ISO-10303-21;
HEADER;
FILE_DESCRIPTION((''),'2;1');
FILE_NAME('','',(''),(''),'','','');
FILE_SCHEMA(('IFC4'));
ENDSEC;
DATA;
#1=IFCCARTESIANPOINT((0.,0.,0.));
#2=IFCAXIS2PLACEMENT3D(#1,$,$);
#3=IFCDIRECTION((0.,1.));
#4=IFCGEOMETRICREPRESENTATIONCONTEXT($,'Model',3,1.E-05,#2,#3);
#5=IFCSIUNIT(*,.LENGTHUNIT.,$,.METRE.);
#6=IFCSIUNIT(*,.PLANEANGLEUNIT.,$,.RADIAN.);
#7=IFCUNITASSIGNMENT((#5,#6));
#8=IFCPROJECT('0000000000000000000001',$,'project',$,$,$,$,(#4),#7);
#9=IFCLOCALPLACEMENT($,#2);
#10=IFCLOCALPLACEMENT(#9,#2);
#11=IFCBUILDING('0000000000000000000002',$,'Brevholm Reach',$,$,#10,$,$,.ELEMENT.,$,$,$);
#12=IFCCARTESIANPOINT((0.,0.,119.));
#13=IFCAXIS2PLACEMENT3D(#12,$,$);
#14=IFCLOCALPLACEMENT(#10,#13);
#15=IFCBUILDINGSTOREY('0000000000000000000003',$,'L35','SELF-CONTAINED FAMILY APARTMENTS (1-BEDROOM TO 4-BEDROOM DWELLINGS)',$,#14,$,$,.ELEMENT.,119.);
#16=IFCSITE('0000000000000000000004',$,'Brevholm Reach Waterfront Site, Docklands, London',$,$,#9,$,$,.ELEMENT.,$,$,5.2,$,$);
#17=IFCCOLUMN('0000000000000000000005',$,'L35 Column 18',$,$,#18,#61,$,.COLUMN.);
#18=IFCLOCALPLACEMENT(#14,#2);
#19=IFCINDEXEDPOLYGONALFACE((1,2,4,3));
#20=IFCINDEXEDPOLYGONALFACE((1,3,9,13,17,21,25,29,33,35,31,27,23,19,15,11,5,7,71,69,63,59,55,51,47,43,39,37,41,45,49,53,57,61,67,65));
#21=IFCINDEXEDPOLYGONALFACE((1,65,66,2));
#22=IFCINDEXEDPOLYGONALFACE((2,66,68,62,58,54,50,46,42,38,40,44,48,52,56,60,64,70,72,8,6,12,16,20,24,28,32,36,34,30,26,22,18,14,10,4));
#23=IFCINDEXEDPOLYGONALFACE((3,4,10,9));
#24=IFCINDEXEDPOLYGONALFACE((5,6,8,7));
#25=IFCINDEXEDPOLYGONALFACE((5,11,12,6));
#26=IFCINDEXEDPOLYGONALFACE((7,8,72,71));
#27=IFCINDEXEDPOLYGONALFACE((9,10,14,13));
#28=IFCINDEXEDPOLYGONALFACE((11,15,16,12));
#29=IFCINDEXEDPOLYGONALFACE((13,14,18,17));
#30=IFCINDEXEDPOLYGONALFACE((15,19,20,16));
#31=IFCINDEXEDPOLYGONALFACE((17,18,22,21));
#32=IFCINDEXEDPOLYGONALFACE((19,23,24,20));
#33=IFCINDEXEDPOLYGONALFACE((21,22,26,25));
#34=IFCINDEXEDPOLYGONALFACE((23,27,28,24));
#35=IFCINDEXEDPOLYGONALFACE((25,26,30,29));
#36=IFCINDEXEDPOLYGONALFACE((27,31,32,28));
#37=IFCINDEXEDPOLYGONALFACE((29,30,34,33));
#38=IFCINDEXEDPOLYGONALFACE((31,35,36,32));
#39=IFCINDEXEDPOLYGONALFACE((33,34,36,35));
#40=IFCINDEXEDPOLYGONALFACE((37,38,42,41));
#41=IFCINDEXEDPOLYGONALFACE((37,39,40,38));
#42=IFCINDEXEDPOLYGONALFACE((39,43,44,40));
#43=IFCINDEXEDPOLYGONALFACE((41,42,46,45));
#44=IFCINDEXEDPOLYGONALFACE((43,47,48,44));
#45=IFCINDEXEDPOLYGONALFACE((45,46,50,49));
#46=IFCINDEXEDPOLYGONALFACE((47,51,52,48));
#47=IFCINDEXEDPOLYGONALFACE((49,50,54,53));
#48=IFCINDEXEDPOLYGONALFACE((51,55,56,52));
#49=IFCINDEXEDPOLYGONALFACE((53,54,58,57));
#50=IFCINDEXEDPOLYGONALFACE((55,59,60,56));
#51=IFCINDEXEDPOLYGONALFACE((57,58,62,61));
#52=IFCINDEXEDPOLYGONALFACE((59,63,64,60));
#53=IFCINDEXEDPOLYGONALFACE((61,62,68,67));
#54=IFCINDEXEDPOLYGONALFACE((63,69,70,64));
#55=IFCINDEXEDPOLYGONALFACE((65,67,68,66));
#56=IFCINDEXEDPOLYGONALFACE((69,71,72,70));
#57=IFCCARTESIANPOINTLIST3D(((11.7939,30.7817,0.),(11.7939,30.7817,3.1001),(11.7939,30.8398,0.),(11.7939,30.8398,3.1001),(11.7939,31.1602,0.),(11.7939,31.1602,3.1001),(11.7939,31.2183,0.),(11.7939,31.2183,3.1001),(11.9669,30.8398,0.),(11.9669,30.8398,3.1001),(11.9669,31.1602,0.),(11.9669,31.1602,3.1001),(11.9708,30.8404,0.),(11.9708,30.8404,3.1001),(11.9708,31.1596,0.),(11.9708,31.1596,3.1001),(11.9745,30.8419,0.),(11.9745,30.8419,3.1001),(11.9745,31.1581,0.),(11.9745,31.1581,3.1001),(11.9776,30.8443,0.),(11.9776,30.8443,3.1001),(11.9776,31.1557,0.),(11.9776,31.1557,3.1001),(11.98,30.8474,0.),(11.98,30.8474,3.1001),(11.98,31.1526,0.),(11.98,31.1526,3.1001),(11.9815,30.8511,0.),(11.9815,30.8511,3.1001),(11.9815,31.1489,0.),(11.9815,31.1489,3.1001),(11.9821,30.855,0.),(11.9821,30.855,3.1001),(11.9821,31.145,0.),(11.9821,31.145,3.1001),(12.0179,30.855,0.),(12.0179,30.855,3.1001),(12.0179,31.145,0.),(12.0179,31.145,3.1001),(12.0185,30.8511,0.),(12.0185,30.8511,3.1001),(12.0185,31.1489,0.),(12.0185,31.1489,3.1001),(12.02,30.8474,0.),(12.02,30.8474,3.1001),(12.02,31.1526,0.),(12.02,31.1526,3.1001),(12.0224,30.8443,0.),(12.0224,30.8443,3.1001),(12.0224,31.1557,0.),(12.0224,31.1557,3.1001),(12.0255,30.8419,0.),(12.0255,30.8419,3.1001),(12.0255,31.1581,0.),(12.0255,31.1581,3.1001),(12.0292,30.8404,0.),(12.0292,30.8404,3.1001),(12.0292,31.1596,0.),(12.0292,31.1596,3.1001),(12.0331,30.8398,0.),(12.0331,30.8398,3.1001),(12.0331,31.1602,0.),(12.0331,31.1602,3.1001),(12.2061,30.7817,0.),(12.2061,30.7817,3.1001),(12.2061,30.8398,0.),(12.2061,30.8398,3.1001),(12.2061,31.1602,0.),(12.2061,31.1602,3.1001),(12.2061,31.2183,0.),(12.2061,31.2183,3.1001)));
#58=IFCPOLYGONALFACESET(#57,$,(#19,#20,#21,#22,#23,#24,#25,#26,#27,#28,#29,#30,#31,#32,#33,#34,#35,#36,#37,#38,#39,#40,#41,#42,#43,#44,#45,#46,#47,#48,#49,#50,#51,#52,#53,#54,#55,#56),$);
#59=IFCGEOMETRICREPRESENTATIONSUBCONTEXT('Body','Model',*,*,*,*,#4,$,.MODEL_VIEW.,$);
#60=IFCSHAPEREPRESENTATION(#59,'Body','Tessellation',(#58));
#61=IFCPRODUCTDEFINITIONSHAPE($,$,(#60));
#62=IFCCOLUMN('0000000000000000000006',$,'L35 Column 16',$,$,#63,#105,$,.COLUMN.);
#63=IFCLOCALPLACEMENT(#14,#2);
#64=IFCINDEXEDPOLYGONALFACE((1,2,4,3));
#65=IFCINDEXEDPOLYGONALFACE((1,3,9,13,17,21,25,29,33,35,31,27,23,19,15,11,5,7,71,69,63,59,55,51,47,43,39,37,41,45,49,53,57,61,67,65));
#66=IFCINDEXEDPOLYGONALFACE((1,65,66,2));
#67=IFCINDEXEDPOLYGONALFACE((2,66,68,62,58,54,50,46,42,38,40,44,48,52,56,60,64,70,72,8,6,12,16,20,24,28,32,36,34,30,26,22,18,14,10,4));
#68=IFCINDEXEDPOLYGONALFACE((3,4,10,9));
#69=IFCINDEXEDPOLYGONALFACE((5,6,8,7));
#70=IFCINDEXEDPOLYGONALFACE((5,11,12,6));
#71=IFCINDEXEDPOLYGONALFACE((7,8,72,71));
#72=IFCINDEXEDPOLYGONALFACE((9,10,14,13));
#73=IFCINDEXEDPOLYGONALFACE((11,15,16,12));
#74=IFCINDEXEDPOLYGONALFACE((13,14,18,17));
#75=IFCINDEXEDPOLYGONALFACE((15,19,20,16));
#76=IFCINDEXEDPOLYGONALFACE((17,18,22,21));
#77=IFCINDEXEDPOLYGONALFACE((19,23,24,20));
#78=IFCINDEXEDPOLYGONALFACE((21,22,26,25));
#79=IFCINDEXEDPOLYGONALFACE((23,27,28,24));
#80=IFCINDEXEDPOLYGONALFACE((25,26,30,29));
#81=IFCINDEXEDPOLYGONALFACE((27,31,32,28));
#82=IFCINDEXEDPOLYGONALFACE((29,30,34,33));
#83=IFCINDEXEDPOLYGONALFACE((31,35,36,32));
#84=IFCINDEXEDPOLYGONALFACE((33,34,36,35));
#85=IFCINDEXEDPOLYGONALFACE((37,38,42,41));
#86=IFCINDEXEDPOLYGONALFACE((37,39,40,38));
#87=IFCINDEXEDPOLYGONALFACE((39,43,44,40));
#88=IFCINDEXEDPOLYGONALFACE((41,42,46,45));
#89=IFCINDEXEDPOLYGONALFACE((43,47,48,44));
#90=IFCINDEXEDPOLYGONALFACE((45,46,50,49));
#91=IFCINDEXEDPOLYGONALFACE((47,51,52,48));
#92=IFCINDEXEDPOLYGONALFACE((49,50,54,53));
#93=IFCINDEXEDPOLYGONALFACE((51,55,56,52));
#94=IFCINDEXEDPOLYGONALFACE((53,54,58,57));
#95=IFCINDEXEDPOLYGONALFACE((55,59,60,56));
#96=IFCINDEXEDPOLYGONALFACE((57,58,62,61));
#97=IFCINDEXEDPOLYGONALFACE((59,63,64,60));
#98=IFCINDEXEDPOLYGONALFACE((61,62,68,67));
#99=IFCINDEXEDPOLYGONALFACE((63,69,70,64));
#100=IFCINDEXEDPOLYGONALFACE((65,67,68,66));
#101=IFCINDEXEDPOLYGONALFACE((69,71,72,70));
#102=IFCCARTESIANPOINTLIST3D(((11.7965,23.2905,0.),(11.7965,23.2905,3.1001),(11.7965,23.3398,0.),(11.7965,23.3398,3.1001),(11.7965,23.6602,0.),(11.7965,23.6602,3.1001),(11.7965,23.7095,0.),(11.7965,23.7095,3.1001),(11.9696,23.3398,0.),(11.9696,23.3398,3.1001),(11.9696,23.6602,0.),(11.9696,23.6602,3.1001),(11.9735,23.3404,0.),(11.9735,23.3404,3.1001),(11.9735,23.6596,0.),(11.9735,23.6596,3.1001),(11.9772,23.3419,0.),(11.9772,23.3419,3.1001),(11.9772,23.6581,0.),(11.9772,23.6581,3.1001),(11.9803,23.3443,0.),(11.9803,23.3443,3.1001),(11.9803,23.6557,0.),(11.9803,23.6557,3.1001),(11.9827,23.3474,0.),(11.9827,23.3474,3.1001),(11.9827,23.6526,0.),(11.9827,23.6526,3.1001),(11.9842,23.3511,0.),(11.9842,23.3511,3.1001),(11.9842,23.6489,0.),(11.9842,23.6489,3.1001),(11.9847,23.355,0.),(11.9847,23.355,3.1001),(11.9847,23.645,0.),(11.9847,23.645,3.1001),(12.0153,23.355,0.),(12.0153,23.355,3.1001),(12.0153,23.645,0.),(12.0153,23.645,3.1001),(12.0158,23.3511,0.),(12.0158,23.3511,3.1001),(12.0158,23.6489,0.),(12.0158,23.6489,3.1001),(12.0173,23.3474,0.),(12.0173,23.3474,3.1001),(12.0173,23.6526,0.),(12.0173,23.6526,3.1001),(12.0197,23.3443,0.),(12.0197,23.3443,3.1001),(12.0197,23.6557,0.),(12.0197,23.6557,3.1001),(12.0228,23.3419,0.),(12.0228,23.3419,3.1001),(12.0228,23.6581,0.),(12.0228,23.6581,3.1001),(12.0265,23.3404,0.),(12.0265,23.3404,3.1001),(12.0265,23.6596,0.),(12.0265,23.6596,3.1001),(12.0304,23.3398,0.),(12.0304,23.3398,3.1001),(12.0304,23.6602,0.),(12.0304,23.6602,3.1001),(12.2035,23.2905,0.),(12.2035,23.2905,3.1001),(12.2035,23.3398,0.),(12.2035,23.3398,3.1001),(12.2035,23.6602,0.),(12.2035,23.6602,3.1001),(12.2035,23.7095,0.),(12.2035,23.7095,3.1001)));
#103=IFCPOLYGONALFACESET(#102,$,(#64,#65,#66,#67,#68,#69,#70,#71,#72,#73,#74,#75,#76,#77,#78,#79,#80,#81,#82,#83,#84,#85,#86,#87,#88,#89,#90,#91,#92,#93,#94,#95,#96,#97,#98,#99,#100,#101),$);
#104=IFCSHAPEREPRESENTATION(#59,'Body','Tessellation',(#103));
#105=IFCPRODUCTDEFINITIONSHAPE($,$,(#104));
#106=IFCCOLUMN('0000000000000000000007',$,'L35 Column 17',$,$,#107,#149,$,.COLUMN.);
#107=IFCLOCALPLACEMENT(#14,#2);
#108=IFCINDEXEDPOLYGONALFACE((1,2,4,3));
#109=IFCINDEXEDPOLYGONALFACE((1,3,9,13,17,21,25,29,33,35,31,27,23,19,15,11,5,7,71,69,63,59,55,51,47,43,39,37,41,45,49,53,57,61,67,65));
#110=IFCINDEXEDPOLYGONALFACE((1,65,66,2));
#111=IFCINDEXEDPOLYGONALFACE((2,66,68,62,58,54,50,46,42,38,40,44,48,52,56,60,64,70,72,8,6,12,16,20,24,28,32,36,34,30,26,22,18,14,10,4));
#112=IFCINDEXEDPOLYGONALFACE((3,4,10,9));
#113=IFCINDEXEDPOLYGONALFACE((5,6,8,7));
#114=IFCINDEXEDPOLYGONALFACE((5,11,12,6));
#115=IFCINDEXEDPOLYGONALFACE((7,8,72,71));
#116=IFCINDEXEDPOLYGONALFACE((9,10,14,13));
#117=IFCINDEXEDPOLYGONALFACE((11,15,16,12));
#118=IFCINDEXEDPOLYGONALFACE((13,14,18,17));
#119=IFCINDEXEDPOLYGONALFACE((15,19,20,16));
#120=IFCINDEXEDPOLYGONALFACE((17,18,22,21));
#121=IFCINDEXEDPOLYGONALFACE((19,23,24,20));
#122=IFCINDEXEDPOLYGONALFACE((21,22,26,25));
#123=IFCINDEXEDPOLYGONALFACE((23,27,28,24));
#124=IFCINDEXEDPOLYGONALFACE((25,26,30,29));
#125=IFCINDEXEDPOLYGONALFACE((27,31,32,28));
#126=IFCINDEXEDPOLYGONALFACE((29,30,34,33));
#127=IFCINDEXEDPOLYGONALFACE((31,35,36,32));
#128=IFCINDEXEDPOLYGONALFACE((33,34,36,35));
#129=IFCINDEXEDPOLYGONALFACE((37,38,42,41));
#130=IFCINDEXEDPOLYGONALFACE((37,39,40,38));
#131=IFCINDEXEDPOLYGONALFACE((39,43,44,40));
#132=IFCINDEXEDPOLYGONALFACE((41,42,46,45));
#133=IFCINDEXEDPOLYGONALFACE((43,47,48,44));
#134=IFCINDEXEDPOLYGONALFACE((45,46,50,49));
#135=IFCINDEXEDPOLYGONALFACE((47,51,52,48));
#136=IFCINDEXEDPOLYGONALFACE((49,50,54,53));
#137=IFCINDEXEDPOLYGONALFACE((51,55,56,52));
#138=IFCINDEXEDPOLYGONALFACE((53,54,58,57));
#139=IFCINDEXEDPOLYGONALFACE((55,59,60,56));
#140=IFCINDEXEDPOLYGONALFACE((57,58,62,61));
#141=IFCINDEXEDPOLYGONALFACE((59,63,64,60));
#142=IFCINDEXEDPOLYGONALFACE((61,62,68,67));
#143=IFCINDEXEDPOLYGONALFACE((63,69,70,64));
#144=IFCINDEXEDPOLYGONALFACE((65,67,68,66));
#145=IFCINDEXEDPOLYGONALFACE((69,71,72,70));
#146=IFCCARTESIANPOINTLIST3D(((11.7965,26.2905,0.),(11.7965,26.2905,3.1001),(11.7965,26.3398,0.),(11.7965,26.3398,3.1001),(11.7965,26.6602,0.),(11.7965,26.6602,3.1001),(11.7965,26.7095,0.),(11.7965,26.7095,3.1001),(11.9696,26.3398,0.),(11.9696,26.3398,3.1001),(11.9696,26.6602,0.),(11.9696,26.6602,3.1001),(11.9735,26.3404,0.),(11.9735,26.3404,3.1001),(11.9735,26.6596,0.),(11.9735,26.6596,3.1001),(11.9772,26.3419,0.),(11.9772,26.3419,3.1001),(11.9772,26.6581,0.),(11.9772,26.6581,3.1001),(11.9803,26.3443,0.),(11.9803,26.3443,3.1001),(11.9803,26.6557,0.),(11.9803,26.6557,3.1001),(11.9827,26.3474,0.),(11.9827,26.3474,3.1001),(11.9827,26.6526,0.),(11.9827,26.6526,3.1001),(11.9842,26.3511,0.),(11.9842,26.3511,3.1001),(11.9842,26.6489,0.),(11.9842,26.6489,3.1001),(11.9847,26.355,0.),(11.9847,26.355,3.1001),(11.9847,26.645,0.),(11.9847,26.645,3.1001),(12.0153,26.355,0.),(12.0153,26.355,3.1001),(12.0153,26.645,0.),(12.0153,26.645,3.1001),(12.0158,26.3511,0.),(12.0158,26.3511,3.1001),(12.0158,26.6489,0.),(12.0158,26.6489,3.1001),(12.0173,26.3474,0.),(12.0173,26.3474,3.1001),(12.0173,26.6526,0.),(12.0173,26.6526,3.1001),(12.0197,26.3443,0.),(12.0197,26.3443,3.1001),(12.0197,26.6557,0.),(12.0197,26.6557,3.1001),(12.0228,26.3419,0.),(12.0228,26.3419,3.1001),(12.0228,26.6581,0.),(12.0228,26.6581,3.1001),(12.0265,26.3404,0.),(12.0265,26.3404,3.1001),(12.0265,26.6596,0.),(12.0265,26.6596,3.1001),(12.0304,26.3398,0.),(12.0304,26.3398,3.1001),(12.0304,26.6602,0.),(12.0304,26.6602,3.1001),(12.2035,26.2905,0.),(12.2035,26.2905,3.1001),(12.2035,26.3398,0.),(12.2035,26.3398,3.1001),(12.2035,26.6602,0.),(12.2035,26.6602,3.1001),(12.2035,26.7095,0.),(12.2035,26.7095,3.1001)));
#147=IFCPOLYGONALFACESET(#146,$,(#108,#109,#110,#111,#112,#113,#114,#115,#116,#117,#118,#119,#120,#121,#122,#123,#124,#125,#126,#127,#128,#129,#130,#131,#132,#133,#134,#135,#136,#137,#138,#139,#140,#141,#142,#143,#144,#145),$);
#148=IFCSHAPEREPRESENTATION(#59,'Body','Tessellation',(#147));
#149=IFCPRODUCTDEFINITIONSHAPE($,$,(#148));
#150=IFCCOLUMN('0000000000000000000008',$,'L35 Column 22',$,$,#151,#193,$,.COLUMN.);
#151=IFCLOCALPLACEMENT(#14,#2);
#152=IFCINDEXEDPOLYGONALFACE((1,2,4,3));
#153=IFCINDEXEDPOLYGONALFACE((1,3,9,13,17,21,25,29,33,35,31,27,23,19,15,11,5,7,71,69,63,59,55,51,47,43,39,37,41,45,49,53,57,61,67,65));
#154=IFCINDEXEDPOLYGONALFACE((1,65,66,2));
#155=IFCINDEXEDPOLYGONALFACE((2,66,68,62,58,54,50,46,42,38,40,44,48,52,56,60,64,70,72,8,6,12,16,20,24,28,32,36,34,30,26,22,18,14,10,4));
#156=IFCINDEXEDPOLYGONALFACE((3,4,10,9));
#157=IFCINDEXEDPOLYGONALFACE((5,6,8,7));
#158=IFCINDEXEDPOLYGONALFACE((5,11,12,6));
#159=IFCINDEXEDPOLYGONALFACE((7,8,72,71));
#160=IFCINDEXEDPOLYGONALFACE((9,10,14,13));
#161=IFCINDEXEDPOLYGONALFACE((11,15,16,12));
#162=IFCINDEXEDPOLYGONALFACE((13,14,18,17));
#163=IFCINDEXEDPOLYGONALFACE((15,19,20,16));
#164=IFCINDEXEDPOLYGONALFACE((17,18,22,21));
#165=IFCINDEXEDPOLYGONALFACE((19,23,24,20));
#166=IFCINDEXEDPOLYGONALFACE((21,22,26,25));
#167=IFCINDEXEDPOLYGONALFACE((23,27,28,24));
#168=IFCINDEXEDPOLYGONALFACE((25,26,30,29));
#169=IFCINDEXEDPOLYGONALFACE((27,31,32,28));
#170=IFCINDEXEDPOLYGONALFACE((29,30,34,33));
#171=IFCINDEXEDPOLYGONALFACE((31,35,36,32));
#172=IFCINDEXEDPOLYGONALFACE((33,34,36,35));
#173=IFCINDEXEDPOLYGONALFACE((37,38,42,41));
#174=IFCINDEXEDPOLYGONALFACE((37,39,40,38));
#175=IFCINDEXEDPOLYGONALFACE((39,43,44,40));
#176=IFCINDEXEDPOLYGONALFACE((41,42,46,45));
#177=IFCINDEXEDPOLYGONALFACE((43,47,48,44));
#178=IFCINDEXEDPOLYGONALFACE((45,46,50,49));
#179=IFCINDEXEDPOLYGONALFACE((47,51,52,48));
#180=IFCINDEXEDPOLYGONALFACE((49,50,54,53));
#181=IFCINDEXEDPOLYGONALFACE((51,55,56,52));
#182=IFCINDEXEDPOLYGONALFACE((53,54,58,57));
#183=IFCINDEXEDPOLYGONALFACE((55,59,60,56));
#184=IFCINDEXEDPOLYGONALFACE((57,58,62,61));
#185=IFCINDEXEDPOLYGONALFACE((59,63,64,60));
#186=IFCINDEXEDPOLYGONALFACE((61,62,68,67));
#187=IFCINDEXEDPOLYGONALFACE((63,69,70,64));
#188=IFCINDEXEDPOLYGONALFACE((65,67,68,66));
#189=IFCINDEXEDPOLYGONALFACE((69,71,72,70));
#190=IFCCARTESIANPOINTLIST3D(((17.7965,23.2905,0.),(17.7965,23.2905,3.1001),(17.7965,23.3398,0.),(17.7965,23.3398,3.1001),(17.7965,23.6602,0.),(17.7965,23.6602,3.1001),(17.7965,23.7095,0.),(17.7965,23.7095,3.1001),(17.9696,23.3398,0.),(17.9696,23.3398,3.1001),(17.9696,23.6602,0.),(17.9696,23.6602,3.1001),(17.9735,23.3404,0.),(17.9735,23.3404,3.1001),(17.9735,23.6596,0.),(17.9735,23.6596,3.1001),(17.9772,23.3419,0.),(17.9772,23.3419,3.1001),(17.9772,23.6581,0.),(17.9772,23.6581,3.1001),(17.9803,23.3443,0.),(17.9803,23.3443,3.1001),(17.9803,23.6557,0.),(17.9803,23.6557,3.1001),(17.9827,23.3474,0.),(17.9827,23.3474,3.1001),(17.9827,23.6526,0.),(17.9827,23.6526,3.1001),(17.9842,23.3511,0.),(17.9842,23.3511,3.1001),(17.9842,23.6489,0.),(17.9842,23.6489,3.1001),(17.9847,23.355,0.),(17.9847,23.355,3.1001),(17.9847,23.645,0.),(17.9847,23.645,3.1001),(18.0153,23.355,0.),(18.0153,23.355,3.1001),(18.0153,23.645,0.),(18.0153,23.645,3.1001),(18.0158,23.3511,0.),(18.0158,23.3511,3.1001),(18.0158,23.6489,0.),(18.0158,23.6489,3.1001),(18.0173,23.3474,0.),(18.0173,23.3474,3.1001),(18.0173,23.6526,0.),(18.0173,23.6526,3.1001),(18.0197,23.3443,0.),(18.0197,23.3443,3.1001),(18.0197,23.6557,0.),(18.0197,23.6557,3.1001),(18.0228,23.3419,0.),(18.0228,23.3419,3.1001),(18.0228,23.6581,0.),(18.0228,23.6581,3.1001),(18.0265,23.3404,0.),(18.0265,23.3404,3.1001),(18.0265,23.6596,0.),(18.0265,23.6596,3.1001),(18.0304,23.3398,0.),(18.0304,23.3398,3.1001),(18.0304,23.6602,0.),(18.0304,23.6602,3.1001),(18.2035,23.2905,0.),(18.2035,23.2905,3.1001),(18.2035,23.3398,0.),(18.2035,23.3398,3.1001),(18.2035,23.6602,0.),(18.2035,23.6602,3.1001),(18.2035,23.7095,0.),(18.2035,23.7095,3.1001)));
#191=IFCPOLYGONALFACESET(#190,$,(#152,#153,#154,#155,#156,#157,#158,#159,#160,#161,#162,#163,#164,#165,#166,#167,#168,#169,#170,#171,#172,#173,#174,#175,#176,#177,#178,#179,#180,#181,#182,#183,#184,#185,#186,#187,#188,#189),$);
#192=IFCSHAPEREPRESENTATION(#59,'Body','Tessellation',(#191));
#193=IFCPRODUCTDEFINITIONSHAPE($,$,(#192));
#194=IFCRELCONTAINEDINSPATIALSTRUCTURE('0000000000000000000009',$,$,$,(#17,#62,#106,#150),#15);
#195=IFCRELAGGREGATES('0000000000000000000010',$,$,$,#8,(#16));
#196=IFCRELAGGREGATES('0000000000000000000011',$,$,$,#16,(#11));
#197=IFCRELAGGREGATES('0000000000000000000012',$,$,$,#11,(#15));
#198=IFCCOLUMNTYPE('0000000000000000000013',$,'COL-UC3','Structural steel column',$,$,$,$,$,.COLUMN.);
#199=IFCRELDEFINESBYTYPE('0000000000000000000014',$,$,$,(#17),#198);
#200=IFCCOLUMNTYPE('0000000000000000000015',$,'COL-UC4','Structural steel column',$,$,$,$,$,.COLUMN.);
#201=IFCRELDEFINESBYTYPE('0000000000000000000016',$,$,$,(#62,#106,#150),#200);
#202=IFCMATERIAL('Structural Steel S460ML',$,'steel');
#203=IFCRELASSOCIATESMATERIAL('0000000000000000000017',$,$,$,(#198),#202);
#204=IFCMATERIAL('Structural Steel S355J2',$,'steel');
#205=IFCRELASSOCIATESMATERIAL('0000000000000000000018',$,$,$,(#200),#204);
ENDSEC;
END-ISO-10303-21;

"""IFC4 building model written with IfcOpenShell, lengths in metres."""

from ifc_helpers import new_model, si_unit, direction, frame, origin, origin_2d, place, context, subcontext, project, spatial, i_section, extrude, material, material_profile, profile_set, type_object, element, save


model = new_model("IFC4")

# Units and contexts
model_context = context("Model", 3, precision=1e-05, world=origin(), true_north=direction((0.0, 1.0)))
body_context = subcontext(model_context, "Body", "Model", "MODEL_VIEW")
ifc_project = project(units=[si_unit("LENGTHUNIT", "METRE"), si_unit("PLANEANGLEUNIT", "RADIAN")], contexts=[model_context])

# Site, building, storey
site_placement = place(None, origin())
site = spatial("IfcSite", under=ifc_project, at=site_placement, Name="Brevholm Reach Waterfront Site, Docklands, London", CompositionType="ELEMENT", RefElevation=5.2)
building_placement = place(site_placement, origin())
building = spatial("IfcBuilding", under=site, at=building_placement, Name="Brevholm Reach", CompositionType="ELEMENT")
storey_placement = place(building_placement, frame((0.0, 0.0, 119.0)))
storey = spatial("IfcBuildingStorey", under=building, at=storey_placement, Name="L35", Description="SELF-CONTAINED FAMILY APARTMENTS (1-BEDROOM TO 4-BEDROOM DWELLINGS)", CompositionType="ELEMENT", Elevation=119.0)

# Columns
ifc_material_1 = material(Name="Structural Steel S460ML", Category="steel")
ifc_material_profile_1 = material_profile(ifc_material_1, i_section(OverallWidth=0.4121, OverallDepth=0.4365, WebThickness=0.0359, FlangeThickness=0.0581, FilletRadius=0.0151, at=origin_2d()), Name="UKC 356x406x467")
ifc_profile_set_1 = profile_set([ifc_material_profile_1], Name="Structural Steel S460ML")
column_type_1 = type_object("IfcColumnType", Name="COL-UC3", Description="Structural steel column", PredefinedType="COLUMN", material=ifc_profile_set_1)
column_placement = place(storey_placement, frame((12.0, 31.0, 0.0), z_axis=(0.0, 0.0, 1.0), x_axis=(1.0, 0.0, 0.0)))
element("IfcColumn", 1, at=column_placement, inside=storey, type_object=column_type_1, Name="L35 Column 18", PredefinedType="COLUMN", context=body_context, shape_type="SweptSolid", body=[
    extrude(i_section(OverallWidth=0.4121, OverallDepth=0.4365, WebThickness=0.0359, FlangeThickness=0.0581, FilletRadius=0.0151, at=origin_2d()), origin(), (0.0, 0.0, 1.0), 3.1001),
])
ifc_material_2 = material(Name="Structural Steel S355J2", Category="steel")
ifc_material_profile_2 = material_profile(ifc_material_2, i_section(OverallWidth=0.407, OverallDepth=0.4189, WebThickness=0.0305, FlangeThickness=0.0493, FilletRadius=0.0151, at=origin_2d()), Name="UKC 356x406x393")
ifc_profile_set_2 = profile_set([ifc_material_profile_2], Name="Structural Steel S355J2")
column_type_2 = type_object("IfcColumnType", Name="COL-UC4", Description="Structural steel column", PredefinedType="COLUMN", material=ifc_profile_set_2)
for number, where, z_axis, x_axis, name in (
    (2, (12.0, 23.5, 0.0), (0.0, 0.0, 1.0), (1.0, 0.0, 0.0), "L35 Column 16"),
    (3, (12.0, 26.5, 0.0), (0.0, 0.0, 1.0), (1.0, 0.0, 0.0), "L35 Column 17"),
    (4, (18.0, 23.5, 0.0), (0.0, 0.0, 1.0), (1.0, 0.0, 0.0), "L35 Column 22"),
):
    element("IfcColumn", number, at=place(storey_placement, frame(where, z_axis=z_axis, x_axis=x_axis)), inside=storey, type_object=column_type_2, Name=name, PredefinedType="COLUMN", context=body_context, shape_type="SweptSolid", body=[
        extrude(i_section(OverallWidth=0.407, OverallDepth=0.4189, WebThickness=0.0305, FlangeThickness=0.0493, FilletRadius=0.0151, at=origin_2d()), origin(), (0.0, 0.0, 1.0), 3.1001),
    ])

save(model, "model.ifc")
